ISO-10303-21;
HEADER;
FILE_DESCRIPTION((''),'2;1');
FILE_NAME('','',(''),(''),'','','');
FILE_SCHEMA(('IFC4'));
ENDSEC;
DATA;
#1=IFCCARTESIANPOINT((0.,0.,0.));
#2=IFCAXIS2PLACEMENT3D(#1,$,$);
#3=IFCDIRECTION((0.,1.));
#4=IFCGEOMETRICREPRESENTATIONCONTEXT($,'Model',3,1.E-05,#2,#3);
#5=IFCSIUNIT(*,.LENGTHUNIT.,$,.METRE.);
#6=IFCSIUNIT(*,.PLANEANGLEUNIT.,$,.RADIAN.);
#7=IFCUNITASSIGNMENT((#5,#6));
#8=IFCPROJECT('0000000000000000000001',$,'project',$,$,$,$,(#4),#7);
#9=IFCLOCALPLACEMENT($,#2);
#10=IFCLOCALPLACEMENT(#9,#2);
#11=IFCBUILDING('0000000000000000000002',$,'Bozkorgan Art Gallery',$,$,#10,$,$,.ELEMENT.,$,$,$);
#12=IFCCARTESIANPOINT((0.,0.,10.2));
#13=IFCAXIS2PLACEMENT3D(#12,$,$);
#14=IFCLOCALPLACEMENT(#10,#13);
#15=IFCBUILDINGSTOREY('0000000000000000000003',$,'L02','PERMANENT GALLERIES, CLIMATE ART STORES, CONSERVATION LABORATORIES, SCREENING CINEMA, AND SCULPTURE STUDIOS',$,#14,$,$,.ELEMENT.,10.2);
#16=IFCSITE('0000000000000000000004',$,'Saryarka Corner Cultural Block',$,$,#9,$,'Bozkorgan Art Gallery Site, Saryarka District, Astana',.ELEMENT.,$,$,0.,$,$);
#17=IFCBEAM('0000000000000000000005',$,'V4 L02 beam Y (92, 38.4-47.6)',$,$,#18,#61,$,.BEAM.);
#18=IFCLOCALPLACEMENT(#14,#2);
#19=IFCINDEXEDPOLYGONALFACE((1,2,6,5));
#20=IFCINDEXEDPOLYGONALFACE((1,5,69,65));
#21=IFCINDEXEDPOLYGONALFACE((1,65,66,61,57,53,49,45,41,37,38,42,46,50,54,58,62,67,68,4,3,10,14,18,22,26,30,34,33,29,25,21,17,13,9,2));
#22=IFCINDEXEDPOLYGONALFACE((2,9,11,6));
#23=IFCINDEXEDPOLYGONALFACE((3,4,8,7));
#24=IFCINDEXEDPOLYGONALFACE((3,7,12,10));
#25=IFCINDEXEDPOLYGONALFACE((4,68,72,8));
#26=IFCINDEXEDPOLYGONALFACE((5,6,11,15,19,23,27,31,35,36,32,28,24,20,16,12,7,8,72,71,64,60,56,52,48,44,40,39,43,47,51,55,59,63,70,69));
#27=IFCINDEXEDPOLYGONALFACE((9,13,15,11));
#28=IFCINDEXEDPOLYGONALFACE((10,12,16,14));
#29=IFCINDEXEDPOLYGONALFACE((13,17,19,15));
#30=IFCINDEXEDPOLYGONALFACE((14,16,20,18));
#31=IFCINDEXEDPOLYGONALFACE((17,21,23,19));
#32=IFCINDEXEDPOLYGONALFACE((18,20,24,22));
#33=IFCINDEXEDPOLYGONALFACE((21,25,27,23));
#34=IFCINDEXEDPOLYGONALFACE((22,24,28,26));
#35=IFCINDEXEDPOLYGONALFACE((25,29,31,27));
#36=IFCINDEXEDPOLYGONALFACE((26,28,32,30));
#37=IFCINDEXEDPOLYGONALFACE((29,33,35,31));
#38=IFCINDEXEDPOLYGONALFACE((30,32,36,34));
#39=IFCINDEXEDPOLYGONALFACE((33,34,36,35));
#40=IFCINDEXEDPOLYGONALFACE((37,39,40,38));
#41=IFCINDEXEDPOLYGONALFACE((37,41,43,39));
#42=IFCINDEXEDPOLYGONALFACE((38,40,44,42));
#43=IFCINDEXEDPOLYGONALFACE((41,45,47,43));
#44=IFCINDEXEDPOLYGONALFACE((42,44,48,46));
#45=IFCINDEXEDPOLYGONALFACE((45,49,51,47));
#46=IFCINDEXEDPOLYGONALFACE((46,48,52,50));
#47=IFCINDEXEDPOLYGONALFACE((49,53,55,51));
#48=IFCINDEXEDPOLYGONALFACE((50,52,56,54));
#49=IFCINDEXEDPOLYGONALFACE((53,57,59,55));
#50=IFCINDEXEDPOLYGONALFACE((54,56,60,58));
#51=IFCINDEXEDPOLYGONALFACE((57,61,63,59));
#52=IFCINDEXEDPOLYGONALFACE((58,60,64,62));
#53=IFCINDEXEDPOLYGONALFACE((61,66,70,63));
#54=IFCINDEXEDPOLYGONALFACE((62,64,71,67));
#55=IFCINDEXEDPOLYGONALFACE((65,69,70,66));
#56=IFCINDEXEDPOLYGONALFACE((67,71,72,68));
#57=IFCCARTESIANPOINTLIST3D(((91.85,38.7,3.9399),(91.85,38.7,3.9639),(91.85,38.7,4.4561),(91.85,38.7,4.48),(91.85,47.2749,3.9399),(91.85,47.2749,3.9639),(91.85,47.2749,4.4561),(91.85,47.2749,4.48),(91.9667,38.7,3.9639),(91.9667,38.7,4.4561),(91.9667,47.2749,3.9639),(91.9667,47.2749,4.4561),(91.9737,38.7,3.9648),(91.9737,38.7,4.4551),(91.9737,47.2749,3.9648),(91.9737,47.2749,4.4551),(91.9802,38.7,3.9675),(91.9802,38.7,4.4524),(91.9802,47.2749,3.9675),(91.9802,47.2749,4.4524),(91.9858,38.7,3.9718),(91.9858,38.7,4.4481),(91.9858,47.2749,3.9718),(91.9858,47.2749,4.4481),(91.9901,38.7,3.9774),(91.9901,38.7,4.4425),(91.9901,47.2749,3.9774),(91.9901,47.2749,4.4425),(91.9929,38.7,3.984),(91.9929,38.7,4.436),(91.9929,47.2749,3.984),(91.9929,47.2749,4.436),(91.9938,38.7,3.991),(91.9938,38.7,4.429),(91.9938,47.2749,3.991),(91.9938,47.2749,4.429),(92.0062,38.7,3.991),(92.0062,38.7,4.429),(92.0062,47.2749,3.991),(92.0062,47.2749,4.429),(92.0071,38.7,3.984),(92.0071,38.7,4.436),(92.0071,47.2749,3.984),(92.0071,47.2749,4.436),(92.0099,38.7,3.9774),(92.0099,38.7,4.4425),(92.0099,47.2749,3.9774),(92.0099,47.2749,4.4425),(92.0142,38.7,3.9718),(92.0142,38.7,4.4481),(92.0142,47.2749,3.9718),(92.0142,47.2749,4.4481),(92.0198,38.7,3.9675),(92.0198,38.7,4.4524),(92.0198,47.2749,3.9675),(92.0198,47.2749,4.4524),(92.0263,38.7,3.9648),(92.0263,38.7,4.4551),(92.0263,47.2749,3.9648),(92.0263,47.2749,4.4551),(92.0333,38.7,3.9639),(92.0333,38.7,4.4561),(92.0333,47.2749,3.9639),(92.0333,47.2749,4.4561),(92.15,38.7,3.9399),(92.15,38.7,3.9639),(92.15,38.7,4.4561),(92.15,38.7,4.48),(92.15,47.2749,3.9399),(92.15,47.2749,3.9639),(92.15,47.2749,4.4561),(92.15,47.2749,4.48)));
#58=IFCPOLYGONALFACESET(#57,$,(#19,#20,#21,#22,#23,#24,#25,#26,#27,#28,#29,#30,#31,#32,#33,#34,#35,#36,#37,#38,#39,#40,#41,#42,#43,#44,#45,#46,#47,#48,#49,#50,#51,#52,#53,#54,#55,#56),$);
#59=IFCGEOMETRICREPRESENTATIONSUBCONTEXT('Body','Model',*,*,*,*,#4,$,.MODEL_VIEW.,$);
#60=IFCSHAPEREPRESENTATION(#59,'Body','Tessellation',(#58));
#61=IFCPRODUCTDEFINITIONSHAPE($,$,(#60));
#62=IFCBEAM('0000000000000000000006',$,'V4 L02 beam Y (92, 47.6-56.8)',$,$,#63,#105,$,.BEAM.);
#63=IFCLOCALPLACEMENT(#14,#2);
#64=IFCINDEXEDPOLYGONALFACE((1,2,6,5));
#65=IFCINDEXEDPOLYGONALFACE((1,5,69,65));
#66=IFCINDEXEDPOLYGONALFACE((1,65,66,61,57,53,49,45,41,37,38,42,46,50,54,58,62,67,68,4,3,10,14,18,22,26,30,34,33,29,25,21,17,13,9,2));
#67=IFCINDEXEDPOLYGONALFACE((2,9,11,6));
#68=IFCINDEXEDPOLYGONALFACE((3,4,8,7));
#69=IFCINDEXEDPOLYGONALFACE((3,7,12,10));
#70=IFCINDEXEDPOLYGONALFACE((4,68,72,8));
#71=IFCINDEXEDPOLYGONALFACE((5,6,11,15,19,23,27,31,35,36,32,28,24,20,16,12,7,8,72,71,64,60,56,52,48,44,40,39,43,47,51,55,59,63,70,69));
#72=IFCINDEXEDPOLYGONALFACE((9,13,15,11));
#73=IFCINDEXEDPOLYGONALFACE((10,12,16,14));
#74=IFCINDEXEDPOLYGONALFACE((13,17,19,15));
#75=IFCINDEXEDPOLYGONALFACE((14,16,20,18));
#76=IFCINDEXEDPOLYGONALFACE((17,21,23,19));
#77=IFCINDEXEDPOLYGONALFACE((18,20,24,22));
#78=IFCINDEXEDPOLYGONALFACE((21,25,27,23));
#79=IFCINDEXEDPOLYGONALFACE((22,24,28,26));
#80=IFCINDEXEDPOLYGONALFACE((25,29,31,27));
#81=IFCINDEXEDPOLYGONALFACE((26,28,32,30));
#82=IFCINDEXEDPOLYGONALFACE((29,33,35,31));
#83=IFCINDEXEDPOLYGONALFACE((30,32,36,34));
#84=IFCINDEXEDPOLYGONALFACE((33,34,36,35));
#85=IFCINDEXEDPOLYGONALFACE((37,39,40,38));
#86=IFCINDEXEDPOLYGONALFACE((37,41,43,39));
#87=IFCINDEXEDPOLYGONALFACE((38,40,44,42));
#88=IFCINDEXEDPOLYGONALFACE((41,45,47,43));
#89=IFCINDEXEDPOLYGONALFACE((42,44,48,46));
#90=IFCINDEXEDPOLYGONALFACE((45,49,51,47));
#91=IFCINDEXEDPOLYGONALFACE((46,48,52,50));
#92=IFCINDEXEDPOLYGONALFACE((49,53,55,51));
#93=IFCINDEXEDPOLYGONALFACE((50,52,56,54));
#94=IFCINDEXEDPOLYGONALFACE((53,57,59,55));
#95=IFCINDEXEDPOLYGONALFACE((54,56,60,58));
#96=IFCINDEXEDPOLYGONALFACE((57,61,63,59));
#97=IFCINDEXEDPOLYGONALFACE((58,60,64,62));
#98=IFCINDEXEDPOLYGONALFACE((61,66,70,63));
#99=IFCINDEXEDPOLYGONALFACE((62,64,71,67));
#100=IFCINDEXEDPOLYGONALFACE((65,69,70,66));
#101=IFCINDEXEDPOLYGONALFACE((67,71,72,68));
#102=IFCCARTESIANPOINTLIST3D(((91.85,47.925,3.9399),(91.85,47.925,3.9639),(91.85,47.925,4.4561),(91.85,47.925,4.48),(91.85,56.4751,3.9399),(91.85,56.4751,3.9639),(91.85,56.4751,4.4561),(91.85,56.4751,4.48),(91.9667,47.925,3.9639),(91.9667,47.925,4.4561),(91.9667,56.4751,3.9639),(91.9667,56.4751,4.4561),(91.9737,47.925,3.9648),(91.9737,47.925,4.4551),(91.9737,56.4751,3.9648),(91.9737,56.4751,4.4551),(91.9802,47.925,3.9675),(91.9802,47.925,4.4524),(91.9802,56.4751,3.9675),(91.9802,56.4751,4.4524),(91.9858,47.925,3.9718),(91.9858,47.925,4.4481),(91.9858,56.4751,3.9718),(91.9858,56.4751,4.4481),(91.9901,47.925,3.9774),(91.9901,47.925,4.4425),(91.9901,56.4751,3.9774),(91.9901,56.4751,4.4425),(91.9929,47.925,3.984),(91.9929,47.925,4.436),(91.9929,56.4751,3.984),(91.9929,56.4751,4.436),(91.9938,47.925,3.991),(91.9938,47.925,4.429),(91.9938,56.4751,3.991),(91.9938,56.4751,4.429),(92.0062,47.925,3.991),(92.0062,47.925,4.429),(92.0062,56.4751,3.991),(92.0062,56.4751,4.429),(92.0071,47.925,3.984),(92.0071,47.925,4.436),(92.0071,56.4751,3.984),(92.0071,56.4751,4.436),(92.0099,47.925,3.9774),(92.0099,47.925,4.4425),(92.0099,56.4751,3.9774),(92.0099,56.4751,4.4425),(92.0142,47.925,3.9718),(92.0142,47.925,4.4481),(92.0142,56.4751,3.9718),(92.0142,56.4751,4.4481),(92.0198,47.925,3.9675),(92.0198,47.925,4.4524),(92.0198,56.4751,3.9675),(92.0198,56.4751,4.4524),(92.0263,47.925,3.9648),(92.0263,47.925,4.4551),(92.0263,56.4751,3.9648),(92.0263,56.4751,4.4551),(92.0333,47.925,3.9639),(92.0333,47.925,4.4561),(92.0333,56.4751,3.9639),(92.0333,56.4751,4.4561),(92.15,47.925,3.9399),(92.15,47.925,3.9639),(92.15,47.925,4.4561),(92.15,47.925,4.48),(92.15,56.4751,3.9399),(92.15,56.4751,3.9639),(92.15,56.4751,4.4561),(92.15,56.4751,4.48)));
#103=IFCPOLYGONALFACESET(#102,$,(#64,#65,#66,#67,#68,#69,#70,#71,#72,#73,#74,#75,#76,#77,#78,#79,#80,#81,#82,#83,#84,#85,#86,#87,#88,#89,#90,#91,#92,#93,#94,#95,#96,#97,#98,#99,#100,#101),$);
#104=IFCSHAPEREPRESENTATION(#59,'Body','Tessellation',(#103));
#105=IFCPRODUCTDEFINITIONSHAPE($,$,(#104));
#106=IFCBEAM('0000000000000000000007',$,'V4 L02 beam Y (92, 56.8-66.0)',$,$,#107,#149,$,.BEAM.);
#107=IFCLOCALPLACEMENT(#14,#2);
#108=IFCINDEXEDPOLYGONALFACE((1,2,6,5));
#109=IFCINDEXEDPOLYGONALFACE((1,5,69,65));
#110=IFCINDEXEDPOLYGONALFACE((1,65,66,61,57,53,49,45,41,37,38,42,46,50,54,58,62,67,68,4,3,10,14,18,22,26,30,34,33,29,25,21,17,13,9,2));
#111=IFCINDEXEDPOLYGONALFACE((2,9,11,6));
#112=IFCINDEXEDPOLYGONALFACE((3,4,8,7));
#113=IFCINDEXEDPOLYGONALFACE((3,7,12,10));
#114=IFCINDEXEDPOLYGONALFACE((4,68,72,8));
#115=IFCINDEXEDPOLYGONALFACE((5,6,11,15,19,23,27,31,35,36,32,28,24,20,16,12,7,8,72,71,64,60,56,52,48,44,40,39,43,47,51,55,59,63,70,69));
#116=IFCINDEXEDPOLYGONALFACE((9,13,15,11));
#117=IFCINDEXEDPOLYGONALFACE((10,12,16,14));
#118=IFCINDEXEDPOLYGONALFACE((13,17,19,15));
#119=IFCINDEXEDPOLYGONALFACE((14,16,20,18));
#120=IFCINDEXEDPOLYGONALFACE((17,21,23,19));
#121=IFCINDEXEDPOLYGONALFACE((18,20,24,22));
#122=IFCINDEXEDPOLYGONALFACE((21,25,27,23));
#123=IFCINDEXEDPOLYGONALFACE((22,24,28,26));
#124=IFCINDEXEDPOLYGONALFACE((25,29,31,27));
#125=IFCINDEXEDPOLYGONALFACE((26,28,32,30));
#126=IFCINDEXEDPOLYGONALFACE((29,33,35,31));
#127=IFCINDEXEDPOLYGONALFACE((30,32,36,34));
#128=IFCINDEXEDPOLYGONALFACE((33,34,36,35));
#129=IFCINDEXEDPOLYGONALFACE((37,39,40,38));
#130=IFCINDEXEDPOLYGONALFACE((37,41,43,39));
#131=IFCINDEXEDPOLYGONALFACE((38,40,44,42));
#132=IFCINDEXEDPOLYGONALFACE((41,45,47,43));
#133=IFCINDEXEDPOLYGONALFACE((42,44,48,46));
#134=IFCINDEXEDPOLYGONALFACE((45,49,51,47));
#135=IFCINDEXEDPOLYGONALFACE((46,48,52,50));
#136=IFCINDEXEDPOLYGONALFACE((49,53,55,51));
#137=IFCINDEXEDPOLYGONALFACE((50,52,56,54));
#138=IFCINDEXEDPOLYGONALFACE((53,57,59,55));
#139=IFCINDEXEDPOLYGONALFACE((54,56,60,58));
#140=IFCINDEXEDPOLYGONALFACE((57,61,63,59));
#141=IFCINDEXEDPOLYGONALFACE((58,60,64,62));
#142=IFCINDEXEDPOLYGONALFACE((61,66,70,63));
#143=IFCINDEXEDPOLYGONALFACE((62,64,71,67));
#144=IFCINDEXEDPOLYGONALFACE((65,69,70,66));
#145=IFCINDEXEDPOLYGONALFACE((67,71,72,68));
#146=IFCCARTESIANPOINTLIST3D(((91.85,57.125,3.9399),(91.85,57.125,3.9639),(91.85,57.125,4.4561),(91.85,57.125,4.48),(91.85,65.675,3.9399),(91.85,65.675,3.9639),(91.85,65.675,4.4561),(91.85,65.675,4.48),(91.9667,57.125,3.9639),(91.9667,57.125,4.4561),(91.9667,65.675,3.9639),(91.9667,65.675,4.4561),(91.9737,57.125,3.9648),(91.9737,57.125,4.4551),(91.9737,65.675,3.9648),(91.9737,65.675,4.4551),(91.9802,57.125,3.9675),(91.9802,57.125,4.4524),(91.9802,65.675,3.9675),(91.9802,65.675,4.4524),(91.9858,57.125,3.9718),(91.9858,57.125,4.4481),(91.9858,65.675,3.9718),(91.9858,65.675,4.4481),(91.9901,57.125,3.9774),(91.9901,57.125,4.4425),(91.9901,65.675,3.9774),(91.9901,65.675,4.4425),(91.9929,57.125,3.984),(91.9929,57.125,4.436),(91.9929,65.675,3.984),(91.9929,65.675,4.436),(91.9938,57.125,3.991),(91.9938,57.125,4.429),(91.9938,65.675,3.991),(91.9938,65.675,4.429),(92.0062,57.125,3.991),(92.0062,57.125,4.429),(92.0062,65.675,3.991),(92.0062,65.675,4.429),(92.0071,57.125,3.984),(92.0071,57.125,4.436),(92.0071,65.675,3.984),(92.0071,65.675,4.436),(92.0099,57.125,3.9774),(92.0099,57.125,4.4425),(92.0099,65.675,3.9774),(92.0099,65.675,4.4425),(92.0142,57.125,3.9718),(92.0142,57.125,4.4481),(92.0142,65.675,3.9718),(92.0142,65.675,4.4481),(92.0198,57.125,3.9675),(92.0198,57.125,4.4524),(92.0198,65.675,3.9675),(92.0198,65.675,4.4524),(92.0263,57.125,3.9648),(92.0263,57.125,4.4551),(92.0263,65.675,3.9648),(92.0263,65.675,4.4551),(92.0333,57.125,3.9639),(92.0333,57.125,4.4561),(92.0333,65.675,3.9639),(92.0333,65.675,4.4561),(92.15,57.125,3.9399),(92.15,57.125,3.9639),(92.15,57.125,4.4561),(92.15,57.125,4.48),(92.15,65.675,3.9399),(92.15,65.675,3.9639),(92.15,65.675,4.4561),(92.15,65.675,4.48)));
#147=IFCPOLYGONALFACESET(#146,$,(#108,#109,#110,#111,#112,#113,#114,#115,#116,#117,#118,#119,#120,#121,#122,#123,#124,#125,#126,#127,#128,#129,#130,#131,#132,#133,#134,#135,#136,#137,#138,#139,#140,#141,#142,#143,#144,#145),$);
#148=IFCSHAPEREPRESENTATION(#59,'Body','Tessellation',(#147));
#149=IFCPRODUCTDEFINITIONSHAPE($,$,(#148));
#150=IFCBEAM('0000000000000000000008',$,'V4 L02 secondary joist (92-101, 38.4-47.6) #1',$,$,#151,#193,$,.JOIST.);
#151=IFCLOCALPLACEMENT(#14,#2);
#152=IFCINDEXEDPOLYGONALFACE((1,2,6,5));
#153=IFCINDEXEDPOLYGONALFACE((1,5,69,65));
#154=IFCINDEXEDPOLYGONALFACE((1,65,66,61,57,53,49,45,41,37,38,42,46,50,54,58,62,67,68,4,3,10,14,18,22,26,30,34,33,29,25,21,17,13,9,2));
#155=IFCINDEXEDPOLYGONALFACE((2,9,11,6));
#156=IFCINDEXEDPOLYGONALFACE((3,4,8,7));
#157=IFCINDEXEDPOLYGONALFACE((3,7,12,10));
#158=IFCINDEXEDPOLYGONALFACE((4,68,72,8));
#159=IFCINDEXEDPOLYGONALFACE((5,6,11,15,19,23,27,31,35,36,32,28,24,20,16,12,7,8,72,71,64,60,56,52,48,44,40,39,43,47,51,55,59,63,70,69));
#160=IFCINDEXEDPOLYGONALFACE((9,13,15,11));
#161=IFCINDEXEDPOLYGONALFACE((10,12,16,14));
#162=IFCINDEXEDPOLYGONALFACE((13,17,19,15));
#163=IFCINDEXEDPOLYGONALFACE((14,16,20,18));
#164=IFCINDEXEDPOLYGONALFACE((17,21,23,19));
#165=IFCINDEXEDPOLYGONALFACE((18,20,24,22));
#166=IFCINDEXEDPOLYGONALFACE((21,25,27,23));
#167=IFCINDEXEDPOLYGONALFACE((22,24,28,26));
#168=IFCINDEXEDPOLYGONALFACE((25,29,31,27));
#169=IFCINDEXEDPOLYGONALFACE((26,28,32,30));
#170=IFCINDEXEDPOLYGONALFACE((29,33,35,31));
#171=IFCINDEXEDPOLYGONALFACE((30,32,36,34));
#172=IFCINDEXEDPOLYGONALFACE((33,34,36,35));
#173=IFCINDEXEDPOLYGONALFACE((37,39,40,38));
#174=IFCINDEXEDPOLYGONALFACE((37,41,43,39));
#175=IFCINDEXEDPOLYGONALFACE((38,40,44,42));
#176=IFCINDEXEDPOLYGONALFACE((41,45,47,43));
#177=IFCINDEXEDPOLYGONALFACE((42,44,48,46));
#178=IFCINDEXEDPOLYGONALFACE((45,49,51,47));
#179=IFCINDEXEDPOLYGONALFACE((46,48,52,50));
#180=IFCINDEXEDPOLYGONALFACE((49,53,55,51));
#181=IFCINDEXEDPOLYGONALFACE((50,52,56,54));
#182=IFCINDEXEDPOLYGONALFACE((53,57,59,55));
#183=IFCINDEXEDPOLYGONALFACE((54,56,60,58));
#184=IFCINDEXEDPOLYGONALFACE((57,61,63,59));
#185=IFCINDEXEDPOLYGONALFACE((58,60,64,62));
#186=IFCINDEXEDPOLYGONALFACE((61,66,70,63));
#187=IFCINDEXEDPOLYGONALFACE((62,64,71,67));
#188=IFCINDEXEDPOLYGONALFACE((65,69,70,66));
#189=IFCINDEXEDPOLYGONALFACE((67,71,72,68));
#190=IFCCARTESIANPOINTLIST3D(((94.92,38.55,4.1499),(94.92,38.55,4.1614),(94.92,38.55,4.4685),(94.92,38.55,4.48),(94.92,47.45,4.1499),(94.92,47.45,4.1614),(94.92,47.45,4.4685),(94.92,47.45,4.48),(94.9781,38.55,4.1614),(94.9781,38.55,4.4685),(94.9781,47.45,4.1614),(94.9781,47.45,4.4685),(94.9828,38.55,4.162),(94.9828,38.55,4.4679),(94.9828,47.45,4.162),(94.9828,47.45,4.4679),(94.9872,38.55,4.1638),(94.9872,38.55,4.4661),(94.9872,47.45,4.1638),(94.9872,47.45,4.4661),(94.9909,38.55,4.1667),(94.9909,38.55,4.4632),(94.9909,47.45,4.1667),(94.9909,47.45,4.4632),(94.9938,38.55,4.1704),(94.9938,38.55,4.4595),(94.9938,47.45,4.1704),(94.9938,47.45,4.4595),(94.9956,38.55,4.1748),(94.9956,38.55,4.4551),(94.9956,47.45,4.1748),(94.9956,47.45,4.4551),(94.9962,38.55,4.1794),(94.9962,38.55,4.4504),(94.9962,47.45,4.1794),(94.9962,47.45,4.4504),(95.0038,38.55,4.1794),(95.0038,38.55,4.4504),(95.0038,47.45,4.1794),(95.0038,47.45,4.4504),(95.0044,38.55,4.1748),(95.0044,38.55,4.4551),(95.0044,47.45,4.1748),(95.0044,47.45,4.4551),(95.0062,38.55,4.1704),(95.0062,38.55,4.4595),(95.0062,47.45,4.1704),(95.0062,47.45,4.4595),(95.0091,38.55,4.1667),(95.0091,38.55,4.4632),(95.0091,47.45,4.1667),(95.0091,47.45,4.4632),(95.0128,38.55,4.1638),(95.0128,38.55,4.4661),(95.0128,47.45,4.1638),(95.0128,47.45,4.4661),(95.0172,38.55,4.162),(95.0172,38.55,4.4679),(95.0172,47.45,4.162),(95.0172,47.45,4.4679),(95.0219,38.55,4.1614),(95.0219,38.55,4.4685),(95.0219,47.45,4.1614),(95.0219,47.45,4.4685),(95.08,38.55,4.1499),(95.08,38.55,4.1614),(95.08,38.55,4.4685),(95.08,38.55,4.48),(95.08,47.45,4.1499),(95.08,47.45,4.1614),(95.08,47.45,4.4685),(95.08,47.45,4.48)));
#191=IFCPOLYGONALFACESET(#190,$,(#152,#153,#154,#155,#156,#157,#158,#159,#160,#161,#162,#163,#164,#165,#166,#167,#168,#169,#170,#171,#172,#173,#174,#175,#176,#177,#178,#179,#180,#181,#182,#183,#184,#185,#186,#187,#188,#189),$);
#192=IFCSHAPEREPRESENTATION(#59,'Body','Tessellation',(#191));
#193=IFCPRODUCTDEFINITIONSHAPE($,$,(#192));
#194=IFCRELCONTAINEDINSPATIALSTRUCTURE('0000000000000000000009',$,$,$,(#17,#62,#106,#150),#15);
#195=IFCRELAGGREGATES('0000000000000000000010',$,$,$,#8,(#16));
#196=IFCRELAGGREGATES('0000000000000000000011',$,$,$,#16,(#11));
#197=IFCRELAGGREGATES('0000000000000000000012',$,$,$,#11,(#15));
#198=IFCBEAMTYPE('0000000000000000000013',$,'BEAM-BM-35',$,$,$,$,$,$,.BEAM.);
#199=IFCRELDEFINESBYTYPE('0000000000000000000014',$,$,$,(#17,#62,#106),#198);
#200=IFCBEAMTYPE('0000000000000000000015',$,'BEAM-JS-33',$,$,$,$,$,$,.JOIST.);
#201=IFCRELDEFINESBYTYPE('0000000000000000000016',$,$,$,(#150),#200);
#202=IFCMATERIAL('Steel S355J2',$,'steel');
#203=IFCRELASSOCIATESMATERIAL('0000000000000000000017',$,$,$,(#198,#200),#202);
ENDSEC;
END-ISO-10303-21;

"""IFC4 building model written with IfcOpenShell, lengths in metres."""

from ifc_helpers import new_model, si_unit, direction, frame, origin, origin_2d, place, context, subcontext, project, spatial, i_section, extrude, material, material_profile, profile_set, type_object, element, save


model = new_model("IFC4")

# Units and contexts
model_context = context("Model", 3, precision=1e-05, world=origin(), true_north=direction((0.0, 1.0)))
body_context = subcontext(model_context, "Body", "Model", "MODEL_VIEW")
ifc_project = project(units=[si_unit("LENGTHUNIT", "METRE"), si_unit("PLANEANGLEUNIT", "RADIAN")], contexts=[model_context])

# Site, building, storey
site_placement = place(None, origin())
site = spatial("IfcSite", under=ifc_project, at=site_placement, Name="Saryarka Corner Cultural Block", LongName="Bozkorgan Art Gallery Site, Saryarka District, Astana", CompositionType="ELEMENT", RefElevation=0.0)
building_placement = place(site_placement, origin())
building = spatial("IfcBuilding", under=site, at=building_placement, Name="Bozkorgan Art Gallery", CompositionType="ELEMENT")
storey_placement = place(building_placement, frame((0.0, 0.0, 10.2)))
storey = spatial("IfcBuildingStorey", under=building, at=storey_placement, Name="L02", Description="PERMANENT GALLERIES, CLIMATE ART STORES, CONSERVATION LABORATORIES, SCREENING CINEMA, AND SCULPTURE STUDIOS", CompositionType="ELEMENT", Elevation=10.2)

# Beams
ifc_material_1 = material(Name="Steel S355J2", Category="steel")
ifc_material_profile_1 = material_profile(ifc_material_1, i_section(OverallWidth=0.3, OverallDepth=0.54, WebThickness=0.0125, FlangeThickness=0.0239, FilletRadius=0.0271, at=origin_2d()), Name="HEA 550")
ifc_profile_set_1 = profile_set([ifc_material_profile_1], Name="Steel S355J2")
beam_type_1 = type_object("IfcBeamType", Name="BEAM-BM-35", PredefinedType="BEAM", material=ifc_profile_set_1)
beam_1_placement = place(storey_placement, frame((92.0, 38.7, 4.21), z_axis=(0.0, 1.0, 0.0), x_axis=(-1.0, 0.0, 0.0)))
element("IfcBeam", 1, at=beam_1_placement, inside=storey, type_object=beam_type_1, Name="V4 L02 beam Y (92, 38.4-47.6)", PredefinedType="BEAM", context=body_context, shape_type="SweptSolid", body=[
    extrude(i_section(OverallWidth=0.3, OverallDepth=0.54, WebThickness=0.0125, FlangeThickness=0.0239, FilletRadius=0.0271, at=origin_2d()), origin(), (0.0, 0.0, 1.0), 8.575),
])
for number, where, z_axis, x_axis, name in (
    (2, (92.0, 47.925, 4.21), (0.0, 1.0, 0.0), (-1.0, 0.0, 0.0), "V4 L02 beam Y (92, 47.6-56.8)"),
    (3, (92.0, 57.125, 4.21), (0.0, 1.0, 0.0), (-1.0, 0.0, 0.0), "V4 L02 beam Y (92, 56.8-66.0)"),
):
    element("IfcBeam", number, at=place(storey_placement, frame(where, z_axis=z_axis, x_axis=x_axis)), inside=storey, type_object=beam_type_1, Name=name, PredefinedType="BEAM", context=body_context, shape_type="SweptSolid", body=[
        extrude(i_section(OverallWidth=0.3, OverallDepth=0.54, WebThickness=0.0125, FlangeThickness=0.0239, FilletRadius=0.0271, at=origin_2d()), origin(), (0.0, 0.0, 1.0), 8.55),
    ])
ifc_material_profile_2 = material_profile(ifc_material_1, i_section(OverallWidth=0.1599, OverallDepth=0.3301, WebThickness=0.0076, FlangeThickness=0.0115, FilletRadius=0.0181, at=origin_2d()), Name="IPE 330")
ifc_profile_set_2 = profile_set([ifc_material_profile_2], Name="Steel S355J2")
beam_type_2 = type_object("IfcBeamType", Name="BEAM-JS-33", PredefinedType="JOIST", material=ifc_profile_set_2)
for number, where, z_axis, x_axis, name in (
    (4, (95.0, 38.55, 4.3149), (0.0, 1.0, 0.0), (-1.0, 0.0, 0.0), "V4 L02 secondary joist (92-101, 38.4-47.6) #1"),
):
    element("IfcBeam", number, at=place(storey_placement, frame(where, z_axis=z_axis, x_axis=x_axis)), inside=storey, type_object=beam_type_2, Name=name, PredefinedType="JOIST", context=body_context, shape_type="SweptSolid", body=[
        extrude(i_section(OverallWidth=0.1599, OverallDepth=0.3301, WebThickness=0.0076, FlangeThickness=0.0115, FilletRadius=0.0181, at=origin_2d()), origin(), (0.0, 0.0, 1.0), 8.8999),
    ])

save(model, "model.ifc")
